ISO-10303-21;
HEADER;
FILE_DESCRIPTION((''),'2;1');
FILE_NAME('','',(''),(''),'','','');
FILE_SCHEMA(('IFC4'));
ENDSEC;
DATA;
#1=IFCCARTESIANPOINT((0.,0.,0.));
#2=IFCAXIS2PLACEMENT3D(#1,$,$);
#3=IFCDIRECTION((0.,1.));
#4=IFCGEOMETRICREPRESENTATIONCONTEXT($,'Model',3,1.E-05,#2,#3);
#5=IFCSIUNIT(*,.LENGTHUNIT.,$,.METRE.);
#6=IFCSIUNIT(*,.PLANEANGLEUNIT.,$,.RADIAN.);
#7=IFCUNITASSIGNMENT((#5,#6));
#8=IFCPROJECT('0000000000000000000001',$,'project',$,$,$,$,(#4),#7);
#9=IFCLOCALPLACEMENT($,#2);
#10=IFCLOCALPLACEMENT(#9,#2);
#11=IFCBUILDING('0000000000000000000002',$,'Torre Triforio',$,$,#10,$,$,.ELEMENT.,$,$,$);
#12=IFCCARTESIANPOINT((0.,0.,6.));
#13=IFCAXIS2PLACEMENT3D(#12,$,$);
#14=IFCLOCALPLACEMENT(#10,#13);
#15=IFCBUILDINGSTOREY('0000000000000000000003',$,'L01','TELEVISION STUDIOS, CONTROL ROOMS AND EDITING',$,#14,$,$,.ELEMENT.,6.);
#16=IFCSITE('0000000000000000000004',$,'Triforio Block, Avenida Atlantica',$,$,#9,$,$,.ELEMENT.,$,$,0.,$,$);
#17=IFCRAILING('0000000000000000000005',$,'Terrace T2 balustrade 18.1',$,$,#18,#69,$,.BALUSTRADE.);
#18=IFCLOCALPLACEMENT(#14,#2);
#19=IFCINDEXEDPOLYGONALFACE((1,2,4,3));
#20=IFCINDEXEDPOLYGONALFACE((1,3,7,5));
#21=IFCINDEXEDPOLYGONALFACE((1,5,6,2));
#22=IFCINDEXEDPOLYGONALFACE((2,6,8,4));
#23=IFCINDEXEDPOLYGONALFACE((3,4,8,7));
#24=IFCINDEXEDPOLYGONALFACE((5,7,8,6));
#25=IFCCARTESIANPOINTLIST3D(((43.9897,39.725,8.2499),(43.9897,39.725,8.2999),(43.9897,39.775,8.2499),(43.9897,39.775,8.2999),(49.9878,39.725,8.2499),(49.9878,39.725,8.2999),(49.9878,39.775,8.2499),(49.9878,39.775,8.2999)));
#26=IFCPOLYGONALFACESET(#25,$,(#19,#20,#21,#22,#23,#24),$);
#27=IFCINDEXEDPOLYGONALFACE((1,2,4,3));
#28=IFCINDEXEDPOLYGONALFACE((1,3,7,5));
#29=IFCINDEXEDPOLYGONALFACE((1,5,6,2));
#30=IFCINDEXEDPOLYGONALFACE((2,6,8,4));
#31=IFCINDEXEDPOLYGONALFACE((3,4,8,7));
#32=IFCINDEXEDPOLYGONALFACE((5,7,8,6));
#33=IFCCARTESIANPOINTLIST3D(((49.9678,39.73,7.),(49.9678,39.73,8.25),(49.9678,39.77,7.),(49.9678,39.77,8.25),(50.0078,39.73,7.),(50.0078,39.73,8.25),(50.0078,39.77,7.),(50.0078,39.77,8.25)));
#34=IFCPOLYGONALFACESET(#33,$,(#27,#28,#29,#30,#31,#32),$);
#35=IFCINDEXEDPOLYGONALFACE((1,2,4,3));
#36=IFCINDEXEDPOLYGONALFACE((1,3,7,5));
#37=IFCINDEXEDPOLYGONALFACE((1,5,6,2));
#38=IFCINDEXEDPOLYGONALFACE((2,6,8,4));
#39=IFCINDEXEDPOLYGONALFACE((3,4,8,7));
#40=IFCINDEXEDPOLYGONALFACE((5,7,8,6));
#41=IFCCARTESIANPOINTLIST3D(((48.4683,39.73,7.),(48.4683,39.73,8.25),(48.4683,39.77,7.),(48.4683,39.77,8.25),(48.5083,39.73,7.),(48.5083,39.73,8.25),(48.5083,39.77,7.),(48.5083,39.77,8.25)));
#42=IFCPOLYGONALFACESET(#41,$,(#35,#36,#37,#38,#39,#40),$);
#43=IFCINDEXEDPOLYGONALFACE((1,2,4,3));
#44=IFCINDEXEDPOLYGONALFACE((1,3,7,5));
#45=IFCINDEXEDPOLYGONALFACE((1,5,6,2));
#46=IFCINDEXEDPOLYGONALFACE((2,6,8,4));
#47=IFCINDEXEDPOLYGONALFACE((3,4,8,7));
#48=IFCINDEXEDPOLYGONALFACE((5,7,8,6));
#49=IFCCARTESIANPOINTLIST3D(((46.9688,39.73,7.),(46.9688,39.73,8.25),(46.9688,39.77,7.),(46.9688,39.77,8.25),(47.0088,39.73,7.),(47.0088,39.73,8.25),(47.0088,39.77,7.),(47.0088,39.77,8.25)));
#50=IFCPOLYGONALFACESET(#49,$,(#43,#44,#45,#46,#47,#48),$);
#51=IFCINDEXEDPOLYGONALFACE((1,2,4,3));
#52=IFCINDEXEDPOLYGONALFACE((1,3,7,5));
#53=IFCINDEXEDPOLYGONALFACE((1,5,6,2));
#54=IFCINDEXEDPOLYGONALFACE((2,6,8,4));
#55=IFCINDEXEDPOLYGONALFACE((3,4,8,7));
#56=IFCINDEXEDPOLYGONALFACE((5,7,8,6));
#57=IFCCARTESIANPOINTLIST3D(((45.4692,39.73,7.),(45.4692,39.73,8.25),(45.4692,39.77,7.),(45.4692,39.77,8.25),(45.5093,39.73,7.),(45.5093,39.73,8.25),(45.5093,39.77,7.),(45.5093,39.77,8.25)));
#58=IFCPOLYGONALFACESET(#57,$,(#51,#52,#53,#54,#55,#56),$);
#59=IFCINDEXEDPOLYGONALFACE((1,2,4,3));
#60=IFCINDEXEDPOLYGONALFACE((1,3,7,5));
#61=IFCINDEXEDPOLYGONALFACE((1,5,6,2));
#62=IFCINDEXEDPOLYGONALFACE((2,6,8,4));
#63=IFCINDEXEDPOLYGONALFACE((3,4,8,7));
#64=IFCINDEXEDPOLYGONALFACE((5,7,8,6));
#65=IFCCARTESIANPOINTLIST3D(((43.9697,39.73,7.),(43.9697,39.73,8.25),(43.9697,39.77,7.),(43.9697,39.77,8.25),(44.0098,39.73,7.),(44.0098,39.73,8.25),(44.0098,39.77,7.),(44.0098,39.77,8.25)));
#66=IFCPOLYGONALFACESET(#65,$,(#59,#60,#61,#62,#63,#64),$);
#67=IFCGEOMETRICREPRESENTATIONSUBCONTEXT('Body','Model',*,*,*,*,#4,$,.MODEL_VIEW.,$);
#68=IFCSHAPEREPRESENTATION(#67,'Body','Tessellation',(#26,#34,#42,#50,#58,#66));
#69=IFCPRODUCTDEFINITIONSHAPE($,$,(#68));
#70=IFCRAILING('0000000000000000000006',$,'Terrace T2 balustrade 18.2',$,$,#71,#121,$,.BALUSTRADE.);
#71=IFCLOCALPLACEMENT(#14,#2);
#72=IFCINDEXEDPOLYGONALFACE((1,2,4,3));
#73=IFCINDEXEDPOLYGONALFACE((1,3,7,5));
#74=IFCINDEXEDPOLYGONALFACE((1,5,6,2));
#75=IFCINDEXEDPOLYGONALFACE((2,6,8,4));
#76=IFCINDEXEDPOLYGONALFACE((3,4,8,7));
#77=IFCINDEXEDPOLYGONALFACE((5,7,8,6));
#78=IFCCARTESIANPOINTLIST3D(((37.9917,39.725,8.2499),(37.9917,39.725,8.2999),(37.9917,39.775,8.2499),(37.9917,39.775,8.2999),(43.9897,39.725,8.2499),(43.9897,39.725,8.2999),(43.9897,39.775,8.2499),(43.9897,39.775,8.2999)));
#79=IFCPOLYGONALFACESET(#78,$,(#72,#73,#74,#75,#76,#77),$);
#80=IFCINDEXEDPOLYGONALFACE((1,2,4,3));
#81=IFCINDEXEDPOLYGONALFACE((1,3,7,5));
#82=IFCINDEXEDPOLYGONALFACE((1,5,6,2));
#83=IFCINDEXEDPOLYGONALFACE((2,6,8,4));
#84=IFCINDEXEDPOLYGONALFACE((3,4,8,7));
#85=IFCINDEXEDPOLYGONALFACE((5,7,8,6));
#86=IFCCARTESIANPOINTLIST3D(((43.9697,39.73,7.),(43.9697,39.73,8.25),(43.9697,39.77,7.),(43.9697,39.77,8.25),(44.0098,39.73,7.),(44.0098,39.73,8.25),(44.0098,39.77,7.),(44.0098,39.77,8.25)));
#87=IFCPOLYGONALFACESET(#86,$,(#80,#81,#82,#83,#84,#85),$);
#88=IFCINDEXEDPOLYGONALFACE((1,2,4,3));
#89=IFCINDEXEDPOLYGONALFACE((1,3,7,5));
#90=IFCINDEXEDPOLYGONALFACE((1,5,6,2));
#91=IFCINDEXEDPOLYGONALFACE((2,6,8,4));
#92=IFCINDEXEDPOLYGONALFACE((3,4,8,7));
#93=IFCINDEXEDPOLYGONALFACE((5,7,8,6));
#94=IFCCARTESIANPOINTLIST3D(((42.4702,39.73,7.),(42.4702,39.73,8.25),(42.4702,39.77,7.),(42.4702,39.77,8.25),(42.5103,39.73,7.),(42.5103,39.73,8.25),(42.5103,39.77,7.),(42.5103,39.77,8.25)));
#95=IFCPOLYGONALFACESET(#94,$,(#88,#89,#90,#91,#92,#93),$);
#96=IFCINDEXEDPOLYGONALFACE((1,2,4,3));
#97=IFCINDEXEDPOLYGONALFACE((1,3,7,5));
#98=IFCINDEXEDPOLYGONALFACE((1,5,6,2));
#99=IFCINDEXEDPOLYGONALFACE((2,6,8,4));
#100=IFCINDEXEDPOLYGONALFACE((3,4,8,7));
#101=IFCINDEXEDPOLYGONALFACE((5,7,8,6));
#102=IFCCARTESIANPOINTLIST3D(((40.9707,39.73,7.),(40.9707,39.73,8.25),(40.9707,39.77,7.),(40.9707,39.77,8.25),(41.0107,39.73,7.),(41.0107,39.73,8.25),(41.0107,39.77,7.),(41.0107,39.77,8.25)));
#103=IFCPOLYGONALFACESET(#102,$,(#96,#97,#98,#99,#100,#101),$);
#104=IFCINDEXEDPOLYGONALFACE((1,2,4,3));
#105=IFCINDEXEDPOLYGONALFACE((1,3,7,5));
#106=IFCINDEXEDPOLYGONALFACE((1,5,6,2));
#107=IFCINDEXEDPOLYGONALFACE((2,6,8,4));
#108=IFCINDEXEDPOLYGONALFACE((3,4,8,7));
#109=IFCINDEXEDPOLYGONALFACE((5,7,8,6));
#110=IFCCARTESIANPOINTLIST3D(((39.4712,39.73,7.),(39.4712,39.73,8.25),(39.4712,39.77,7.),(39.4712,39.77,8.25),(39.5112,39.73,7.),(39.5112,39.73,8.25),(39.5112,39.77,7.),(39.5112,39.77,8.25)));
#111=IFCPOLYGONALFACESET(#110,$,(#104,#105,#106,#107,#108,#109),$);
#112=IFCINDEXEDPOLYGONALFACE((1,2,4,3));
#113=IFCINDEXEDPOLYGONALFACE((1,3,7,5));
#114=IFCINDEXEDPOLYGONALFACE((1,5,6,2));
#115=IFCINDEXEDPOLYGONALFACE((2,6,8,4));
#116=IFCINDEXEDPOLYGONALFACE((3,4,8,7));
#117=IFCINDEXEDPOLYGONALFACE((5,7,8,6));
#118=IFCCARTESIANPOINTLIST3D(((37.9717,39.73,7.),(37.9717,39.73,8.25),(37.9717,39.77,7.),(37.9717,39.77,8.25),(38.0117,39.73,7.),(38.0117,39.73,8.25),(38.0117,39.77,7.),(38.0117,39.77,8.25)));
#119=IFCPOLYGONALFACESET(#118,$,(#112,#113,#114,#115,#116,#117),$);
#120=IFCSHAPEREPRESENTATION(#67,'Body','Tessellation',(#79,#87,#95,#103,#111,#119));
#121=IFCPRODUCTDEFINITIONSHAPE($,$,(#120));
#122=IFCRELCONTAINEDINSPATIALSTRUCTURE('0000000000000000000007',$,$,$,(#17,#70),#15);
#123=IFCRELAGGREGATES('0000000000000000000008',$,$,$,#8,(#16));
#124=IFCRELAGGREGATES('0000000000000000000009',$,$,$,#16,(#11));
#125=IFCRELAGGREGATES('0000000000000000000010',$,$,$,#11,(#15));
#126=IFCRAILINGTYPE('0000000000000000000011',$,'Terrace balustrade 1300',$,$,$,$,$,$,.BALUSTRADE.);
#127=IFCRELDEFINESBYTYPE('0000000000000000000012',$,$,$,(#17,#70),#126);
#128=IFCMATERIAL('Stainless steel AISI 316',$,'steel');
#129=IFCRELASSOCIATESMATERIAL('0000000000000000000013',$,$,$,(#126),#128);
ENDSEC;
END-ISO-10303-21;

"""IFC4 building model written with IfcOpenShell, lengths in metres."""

from ifc_helpers import new_model, si_unit, direction, frame, origin, origin_2d, place, context, subcontext, project, spatial, rectangle, extrude, material, type_object, element, save


model = new_model("IFC4")

# Units and contexts
model_context = context("Model", 3, precision=1e-05, world=origin(), true_north=direction((0.0, 1.0)))
body_context = subcontext(model_context, "Body", "Model", "MODEL_VIEW")
ifc_project = project(units=[si_unit("LENGTHUNIT", "METRE"), si_unit("PLANEANGLEUNIT", "RADIAN")], contexts=[model_context])

# Site, building, storey
site_placement = place(None, origin())
site = spatial("IfcSite", under=ifc_project, at=site_placement, Name="Triforio Block, Avenida Atlantica", CompositionType="ELEMENT", RefElevation=0.0)
building_placement = place(site_placement, origin())
building = spatial("IfcBuilding", under=site, at=building_placement, Name="Torre Triforio", CompositionType="ELEMENT")
storey_placement = place(building_placement, frame((0.0, 0.0, 6.0)))
storey = spatial("IfcBuildingStorey", under=building, at=storey_placement, Name="L01", Description="TELEVISION STUDIOS, CONTROL ROOMS AND EDITING", CompositionType="ELEMENT", Elevation=6.0)

# Railings
ifc_material_1 = material(Name="Stainless steel AISI 316", Category="steel")
railing_type = type_object("IfcRailingType", Name="Terrace balustrade 1300", PredefinedType="BALUSTRADE", material=ifc_material_1)
for number, where, name in (
    (1, (49.9878, 39.75, 7.0), "Terrace T2 balustrade 18.1"),
    (2, (43.9897, 39.75, 7.0), "Terrace T2 balustrade 18.2"),
):
    element("IfcRailing", number, at=place(storey_placement, frame(where)), inside=storey, type_object=railing_type, Name=name, PredefinedType="BALUSTRADE", context=body_context, shape_type="SweptSolid", body=[
        extrude(rectangle(XDim=0.05, YDim=0.05, at=origin_2d()), frame((0.0, 0.0, 1.2749), z_axis=(-1.0, 0.0, 0.0), x_axis=(0.0, -1.0, 0.0)), (0.0, 0.0, 1.0), 5.998),
        extrude(rectangle(XDim=0.04, YDim=0.04, at=origin_2d()), origin(), (0.0, 0.0, 1.0), 1.25),
        extrude(rectangle(XDim=0.04, YDim=0.04, at=origin_2d()), frame((-1.4995, 0.0, 0.0)), (0.0, 0.0, 1.0), 1.25),
        extrude(rectangle(XDim=0.04, YDim=0.04, at=origin_2d()), frame((-2.999, 0.0, 0.0)), (0.0, 0.0, 1.0), 1.25),
        extrude(rectangle(XDim=0.04, YDim=0.04, at=origin_2d()), frame((-4.4985, 0.0, 0.0)), (0.0, 0.0, 1.0), 1.25),
        extrude(rectangle(XDim=0.04, YDim=0.04, at=origin_2d()), frame((-5.998, 0.0, 0.0)), (0.0, 0.0, 1.0), 1.25),
    ])

save(model, "model.ifc")
